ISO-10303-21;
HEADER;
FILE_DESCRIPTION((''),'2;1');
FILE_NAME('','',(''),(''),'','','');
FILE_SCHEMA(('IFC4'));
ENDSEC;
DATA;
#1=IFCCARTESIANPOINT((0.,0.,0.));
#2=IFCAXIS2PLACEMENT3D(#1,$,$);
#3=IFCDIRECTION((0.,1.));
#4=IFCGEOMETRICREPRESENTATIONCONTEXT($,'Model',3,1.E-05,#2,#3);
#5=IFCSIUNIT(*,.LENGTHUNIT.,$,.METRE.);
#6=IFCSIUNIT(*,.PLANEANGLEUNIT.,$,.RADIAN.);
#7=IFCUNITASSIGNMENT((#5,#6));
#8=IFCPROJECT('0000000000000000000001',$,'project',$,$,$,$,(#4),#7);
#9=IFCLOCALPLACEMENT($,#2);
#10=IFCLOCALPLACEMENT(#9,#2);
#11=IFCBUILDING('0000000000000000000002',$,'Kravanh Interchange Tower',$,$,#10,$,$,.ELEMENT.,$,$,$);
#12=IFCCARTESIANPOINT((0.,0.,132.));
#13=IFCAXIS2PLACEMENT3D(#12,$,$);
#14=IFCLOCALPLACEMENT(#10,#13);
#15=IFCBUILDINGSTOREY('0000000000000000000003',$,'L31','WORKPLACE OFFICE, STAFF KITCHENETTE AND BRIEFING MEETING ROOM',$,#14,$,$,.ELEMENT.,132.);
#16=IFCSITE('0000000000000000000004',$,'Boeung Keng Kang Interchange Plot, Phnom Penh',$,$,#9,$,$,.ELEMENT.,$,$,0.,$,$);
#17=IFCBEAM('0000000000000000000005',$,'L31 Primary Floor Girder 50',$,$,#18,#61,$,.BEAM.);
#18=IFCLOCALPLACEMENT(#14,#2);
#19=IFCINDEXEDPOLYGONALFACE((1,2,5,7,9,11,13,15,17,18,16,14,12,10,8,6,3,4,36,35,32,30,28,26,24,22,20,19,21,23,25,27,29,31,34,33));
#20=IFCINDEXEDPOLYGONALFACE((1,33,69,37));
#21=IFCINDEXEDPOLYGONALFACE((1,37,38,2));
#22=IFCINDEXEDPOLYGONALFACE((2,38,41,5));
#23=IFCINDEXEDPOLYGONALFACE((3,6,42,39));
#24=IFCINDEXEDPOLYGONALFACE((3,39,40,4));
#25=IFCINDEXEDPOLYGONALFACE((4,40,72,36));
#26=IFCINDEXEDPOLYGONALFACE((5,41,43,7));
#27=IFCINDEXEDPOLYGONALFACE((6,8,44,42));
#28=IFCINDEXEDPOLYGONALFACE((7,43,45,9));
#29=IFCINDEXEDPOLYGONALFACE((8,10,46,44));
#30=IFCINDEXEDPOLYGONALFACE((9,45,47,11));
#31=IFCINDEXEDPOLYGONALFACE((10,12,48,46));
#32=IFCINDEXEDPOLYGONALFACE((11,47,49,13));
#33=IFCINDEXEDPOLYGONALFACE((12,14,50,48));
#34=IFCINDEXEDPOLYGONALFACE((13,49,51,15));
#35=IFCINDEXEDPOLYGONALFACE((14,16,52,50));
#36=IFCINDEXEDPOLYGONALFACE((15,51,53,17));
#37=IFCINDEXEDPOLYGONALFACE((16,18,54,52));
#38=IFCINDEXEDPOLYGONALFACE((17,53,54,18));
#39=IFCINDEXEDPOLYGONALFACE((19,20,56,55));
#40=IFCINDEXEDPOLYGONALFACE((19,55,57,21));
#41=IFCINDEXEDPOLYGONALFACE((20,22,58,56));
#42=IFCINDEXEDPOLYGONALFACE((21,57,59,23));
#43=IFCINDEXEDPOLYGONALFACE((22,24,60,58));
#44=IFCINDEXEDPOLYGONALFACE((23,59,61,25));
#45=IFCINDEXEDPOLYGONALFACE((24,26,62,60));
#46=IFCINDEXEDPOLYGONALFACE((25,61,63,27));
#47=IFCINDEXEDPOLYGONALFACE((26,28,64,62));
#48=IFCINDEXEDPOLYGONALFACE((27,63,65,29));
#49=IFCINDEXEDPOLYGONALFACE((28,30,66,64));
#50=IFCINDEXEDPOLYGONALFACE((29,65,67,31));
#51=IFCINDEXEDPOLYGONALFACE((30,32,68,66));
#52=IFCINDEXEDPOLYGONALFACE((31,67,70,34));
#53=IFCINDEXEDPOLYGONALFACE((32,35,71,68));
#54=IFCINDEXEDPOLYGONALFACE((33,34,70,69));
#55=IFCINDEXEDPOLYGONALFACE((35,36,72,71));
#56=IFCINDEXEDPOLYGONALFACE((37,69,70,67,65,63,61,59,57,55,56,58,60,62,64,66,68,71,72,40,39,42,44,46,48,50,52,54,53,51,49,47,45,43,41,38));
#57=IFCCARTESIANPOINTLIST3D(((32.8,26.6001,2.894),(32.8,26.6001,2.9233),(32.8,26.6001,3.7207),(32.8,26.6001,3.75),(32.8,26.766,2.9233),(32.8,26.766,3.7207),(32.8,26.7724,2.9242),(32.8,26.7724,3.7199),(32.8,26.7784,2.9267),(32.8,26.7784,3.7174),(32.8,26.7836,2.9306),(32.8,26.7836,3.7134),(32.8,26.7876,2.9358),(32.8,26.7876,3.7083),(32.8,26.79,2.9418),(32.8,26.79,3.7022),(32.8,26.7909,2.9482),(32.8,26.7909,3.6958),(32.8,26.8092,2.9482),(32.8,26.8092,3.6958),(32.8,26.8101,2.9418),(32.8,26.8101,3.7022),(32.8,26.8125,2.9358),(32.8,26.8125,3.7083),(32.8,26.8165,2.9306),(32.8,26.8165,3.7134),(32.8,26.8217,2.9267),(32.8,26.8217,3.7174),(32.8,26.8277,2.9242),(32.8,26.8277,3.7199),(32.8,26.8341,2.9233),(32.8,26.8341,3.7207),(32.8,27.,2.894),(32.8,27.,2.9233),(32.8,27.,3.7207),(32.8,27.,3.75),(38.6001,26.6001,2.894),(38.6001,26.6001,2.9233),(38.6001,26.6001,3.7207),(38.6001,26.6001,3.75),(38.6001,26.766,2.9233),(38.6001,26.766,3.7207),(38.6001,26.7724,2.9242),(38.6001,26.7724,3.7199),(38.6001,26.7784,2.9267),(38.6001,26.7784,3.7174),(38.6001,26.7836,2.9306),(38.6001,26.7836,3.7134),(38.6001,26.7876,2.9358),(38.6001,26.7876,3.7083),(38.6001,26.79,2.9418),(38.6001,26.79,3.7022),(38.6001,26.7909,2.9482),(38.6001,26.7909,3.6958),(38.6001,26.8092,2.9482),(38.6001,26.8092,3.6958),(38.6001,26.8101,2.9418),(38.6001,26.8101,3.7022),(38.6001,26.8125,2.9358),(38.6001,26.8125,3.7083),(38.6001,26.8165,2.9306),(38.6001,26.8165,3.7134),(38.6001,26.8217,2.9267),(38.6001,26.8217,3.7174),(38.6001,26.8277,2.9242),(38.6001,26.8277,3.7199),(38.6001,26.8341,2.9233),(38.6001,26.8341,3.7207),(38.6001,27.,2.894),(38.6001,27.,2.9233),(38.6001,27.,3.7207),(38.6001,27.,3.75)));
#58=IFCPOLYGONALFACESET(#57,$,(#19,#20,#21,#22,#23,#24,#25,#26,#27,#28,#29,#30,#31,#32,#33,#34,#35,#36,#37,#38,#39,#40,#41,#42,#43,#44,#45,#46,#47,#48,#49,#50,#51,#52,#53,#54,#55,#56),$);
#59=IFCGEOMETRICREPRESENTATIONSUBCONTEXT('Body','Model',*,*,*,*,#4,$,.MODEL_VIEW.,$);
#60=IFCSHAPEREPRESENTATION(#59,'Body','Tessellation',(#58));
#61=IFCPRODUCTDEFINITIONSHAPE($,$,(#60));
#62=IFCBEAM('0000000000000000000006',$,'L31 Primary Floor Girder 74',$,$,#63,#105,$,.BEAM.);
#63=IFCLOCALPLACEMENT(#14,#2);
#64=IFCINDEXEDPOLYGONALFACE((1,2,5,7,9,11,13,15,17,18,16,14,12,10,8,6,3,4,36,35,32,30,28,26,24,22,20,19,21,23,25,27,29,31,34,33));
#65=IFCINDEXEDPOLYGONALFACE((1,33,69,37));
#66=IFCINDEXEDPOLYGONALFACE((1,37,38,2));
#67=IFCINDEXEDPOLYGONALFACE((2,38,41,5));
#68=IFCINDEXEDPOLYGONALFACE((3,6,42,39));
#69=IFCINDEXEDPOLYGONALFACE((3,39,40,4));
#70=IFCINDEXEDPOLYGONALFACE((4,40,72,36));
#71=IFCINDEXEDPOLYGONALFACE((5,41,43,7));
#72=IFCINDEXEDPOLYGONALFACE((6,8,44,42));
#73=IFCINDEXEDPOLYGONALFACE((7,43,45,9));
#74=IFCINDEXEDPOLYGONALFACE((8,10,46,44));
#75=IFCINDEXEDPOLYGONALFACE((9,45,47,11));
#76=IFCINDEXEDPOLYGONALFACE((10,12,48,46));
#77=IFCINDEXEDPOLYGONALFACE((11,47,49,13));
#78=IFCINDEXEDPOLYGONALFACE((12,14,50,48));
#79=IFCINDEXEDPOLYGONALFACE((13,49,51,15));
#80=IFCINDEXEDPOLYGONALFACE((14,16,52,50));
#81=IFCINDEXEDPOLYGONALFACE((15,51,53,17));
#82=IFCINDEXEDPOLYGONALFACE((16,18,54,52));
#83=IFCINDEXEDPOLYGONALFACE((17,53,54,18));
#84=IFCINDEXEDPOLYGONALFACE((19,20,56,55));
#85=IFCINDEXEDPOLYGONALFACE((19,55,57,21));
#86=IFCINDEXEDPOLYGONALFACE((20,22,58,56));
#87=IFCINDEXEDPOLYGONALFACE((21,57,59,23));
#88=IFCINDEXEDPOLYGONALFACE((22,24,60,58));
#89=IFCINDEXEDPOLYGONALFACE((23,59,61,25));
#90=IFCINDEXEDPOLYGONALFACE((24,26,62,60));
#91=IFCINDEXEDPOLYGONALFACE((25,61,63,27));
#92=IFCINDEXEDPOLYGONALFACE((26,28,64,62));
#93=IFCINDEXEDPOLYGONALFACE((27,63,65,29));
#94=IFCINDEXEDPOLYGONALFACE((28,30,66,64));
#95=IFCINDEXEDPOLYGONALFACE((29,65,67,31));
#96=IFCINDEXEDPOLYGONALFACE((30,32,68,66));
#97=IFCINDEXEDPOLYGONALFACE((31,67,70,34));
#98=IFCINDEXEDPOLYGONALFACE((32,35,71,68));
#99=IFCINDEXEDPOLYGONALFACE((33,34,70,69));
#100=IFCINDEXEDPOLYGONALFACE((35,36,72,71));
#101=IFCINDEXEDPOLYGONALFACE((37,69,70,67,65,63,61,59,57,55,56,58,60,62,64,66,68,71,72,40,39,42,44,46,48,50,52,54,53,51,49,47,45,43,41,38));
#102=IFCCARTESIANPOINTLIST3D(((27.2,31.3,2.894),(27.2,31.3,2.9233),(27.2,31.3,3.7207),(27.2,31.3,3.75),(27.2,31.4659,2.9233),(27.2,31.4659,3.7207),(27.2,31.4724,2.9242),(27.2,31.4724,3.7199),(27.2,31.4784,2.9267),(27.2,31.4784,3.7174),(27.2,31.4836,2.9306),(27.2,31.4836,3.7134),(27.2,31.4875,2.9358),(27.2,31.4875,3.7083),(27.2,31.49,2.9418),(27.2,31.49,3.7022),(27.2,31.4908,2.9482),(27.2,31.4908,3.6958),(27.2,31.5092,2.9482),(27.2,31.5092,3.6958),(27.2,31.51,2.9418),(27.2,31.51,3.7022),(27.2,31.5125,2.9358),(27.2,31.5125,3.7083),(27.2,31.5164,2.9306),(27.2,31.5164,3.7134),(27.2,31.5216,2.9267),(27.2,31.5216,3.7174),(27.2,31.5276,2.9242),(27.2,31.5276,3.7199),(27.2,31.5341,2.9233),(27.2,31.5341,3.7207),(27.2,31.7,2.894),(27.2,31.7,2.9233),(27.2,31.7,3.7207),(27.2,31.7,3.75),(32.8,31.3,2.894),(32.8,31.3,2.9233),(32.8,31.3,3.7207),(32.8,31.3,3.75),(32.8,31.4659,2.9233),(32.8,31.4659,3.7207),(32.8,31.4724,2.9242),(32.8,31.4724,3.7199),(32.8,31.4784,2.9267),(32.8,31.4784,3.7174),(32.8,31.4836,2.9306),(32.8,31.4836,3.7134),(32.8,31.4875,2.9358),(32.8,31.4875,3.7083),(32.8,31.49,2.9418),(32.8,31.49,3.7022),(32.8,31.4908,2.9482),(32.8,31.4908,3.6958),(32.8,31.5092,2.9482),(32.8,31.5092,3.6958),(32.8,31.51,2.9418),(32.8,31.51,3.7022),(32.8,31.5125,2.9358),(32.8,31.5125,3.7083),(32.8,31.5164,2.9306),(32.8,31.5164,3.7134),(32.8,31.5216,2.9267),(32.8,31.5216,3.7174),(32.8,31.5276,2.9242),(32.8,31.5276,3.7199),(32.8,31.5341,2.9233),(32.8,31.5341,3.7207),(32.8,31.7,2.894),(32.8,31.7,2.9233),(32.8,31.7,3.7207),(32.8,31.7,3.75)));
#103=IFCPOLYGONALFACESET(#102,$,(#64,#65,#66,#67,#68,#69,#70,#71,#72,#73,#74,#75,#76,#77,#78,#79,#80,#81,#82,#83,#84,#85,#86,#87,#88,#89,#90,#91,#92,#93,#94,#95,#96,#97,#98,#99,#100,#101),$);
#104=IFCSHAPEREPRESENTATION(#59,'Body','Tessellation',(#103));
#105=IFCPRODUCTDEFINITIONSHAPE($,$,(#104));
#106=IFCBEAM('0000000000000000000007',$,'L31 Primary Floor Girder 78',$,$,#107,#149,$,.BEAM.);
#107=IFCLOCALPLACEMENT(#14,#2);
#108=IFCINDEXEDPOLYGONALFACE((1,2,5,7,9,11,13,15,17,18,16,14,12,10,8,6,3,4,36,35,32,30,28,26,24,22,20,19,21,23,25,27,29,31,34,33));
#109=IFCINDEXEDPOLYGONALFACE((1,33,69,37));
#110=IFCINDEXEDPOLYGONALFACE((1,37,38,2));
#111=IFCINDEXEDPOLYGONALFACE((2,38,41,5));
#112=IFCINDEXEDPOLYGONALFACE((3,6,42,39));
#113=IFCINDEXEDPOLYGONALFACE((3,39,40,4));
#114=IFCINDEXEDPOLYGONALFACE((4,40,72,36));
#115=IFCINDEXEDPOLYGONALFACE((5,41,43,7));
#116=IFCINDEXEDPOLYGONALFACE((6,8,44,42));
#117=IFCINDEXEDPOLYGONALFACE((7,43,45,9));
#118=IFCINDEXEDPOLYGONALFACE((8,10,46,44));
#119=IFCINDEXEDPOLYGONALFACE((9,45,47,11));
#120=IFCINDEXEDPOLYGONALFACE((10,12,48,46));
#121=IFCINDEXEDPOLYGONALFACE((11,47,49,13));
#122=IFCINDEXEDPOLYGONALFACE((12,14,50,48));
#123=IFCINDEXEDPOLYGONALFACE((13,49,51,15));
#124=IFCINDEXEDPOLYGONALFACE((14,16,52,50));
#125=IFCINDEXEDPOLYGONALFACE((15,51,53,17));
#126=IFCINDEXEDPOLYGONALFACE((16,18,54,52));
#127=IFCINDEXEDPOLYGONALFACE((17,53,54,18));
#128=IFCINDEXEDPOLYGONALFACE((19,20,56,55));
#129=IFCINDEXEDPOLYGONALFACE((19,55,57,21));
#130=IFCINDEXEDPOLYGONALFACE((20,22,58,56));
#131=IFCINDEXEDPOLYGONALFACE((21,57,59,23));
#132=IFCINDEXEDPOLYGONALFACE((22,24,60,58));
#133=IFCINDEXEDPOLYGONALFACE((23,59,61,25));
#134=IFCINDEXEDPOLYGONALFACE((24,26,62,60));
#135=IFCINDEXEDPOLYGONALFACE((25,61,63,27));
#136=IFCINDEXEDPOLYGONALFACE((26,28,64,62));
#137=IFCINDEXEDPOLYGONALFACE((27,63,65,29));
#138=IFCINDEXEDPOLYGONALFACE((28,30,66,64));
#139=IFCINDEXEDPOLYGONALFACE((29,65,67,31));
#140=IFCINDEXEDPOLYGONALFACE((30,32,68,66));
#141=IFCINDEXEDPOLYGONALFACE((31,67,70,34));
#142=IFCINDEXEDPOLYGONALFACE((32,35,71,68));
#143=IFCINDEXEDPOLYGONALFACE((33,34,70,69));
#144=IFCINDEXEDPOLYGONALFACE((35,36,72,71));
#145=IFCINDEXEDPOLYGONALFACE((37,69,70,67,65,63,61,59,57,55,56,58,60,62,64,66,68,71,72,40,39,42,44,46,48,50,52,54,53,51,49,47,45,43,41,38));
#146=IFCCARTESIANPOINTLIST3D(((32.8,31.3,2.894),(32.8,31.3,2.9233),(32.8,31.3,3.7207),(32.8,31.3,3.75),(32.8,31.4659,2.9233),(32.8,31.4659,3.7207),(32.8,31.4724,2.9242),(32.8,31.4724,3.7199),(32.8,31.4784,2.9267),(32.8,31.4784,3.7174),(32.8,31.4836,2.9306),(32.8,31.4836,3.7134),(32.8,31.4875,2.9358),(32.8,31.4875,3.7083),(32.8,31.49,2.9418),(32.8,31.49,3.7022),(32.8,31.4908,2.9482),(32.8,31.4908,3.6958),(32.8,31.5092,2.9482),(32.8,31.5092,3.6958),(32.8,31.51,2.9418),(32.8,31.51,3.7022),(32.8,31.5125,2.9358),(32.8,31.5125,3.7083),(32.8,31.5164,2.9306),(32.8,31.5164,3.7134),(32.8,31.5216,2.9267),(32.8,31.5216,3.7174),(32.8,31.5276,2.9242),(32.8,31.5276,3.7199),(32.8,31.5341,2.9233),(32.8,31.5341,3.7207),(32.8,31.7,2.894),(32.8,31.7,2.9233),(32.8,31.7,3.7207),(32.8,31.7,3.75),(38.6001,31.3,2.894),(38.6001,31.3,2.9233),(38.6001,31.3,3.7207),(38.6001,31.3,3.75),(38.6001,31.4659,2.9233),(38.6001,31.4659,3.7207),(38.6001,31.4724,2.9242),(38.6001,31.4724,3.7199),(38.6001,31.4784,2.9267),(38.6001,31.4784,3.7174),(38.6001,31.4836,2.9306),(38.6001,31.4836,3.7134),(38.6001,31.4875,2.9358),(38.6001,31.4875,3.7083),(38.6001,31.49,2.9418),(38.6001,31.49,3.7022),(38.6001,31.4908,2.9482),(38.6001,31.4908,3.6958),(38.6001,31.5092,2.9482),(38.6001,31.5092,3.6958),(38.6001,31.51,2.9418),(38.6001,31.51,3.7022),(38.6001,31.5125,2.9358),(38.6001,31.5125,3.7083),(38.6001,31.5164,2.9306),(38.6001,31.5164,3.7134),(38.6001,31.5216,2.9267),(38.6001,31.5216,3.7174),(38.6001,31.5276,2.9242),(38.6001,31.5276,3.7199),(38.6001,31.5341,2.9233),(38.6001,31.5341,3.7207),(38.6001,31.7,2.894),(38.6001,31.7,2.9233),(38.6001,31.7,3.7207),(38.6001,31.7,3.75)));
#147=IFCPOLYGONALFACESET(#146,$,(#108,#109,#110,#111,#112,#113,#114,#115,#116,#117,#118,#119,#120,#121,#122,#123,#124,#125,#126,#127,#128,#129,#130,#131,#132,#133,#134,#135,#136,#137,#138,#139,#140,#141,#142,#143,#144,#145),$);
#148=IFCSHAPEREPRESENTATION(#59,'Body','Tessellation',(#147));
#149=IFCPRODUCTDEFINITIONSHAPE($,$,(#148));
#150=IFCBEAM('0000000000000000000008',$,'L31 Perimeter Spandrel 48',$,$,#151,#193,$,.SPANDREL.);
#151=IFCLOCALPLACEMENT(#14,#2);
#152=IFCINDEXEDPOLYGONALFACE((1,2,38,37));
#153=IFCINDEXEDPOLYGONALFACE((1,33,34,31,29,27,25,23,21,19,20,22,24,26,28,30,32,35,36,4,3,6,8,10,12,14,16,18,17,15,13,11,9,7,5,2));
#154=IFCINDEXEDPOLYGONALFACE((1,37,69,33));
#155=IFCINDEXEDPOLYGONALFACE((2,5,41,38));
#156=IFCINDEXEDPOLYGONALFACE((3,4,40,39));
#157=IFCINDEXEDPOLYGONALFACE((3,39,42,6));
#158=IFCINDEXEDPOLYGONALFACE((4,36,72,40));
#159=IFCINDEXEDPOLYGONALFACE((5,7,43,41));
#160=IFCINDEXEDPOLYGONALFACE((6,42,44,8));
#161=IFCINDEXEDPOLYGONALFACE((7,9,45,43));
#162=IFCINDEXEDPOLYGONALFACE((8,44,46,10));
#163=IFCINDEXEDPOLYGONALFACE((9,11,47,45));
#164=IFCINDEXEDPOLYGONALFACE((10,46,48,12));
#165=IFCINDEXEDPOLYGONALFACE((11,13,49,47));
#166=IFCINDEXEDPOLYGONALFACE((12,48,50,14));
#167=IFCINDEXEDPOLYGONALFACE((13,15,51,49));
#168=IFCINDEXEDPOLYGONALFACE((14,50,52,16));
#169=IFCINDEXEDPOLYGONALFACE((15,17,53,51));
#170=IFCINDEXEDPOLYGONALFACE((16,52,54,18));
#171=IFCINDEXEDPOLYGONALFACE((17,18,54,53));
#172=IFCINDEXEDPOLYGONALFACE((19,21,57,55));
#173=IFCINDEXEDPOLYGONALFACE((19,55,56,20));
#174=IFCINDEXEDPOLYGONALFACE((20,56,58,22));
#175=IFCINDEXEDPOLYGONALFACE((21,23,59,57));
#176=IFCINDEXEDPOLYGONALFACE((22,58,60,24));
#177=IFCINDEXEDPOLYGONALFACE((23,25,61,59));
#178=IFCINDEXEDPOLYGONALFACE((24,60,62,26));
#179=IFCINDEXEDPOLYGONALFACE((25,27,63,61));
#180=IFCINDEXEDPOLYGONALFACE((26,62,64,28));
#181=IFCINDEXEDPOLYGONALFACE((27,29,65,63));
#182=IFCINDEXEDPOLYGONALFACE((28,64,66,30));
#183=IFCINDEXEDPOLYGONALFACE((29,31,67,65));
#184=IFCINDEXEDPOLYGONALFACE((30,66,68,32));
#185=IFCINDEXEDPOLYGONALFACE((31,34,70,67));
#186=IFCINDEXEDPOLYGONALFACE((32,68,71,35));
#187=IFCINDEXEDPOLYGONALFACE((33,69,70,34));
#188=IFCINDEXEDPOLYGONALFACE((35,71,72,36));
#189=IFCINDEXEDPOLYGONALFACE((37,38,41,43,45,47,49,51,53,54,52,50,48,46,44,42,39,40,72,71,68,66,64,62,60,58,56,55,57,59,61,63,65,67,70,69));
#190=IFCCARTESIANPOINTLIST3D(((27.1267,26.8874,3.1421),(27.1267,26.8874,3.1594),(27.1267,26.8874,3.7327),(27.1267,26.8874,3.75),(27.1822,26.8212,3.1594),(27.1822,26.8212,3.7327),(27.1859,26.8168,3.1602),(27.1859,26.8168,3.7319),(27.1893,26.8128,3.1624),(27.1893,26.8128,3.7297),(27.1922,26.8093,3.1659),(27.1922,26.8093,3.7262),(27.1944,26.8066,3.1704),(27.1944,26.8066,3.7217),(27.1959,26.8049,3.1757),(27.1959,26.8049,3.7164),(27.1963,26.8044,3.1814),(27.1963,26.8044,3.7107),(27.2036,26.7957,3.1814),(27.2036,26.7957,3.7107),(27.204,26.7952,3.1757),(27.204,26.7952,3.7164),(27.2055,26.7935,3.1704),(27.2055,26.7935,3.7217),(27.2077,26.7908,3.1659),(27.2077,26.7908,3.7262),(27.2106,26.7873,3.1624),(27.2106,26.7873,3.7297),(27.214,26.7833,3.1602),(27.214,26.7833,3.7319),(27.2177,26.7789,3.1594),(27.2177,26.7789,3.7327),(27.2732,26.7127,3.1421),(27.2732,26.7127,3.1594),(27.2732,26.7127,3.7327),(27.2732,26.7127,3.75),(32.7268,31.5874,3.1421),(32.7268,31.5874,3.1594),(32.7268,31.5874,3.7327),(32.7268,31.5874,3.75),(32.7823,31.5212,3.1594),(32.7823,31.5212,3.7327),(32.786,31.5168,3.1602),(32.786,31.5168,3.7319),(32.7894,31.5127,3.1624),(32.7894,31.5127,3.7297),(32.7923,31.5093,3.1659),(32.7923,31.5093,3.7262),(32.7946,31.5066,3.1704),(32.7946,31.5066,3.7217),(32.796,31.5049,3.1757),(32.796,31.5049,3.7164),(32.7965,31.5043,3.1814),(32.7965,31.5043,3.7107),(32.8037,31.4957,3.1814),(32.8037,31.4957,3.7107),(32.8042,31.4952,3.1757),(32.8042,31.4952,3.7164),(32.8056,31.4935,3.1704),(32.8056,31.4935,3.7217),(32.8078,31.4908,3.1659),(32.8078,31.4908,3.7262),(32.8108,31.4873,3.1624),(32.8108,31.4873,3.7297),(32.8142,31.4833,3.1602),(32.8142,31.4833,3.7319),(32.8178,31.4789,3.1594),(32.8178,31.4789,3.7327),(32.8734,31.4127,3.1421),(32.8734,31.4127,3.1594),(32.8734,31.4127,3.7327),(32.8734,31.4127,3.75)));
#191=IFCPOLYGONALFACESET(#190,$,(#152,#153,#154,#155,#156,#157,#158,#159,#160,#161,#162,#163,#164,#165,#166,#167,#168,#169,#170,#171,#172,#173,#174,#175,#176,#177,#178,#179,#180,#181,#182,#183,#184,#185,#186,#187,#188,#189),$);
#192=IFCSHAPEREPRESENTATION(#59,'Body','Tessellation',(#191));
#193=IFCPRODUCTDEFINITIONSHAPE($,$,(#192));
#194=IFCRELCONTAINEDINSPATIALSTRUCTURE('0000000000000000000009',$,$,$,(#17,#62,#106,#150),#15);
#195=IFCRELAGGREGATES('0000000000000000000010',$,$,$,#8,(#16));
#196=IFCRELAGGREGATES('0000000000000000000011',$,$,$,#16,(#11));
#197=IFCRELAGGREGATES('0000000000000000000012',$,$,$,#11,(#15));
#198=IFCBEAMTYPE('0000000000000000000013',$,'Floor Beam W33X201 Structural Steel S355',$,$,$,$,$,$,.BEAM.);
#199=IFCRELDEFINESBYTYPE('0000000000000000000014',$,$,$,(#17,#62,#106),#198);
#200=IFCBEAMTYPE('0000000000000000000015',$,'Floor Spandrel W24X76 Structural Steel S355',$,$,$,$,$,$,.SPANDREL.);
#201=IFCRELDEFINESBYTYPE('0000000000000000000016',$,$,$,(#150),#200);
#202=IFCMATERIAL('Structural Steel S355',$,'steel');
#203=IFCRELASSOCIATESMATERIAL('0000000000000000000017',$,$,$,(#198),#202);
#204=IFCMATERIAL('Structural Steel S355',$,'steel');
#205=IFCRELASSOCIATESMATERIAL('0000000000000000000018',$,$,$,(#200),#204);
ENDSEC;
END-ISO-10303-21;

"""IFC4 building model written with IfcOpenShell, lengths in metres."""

from ifc_helpers import new_model, si_unit, direction, frame, origin, origin_2d, place, context, subcontext, project, spatial, i_section, extrude, material, material_profile, profile_set, type_object, element, save


model = new_model("IFC4")

# Units and contexts
model_context = context("Model", 3, precision=1e-05, world=origin(), true_north=direction((0.0, 1.0)))
body_context = subcontext(model_context, "Body", "Model", "MODEL_VIEW")
ifc_project = project(units=[si_unit("LENGTHUNIT", "METRE"), si_unit("PLANEANGLEUNIT", "RADIAN")], contexts=[model_context])

# Site, building, storey
site_placement = place(None, origin())
site = spatial("IfcSite", under=ifc_project, at=site_placement, Name="Boeung Keng Kang Interchange Plot, Phnom Penh", CompositionType="ELEMENT", RefElevation=0.0)
building_placement = place(site_placement, origin())
building = spatial("IfcBuilding", under=site, at=building_placement, Name="Kravanh Interchange Tower", CompositionType="ELEMENT")
storey_placement = place(building_placement, frame((0.0, 0.0, 132.0)))
storey = spatial("IfcBuildingStorey", under=building, at=storey_placement, Name="L31", Description="WORKPLACE OFFICE, STAFF KITCHENETTE AND BRIEFING MEETING ROOM", CompositionType="ELEMENT", Elevation=132.0)

# Beams
ifc_material_1 = material(Name="Structural Steel S355", Category="steel")
ifc_material_profile_1 = material_profile(ifc_material_1, i_section(OverallWidth=0.3999, OverallDepth=0.856, WebThickness=0.0183, FlangeThickness=0.0293, FilletRadius=0.0249, at=origin_2d()), Name="W33X201")
ifc_profile_set_1 = profile_set([ifc_material_profile_1], Name="Structural Steel S355")
beam_type_1 = type_object("IfcBeamType", Name="Floor Beam W33X201 Structural Steel S355", PredefinedType="BEAM", material=ifc_profile_set_1)
beam_1_placement = place(storey_placement, frame((32.8, 26.8, 3.322), z_axis=(1.0, 0.0, 0.0), x_axis=(0.0, 1.0, 0.0)))
element("IfcBeam", 1, at=beam_1_placement, inside=storey, type_object=beam_type_1, Name="L31 Primary Floor Girder 50", PredefinedType="BEAM", context=body_context, shape_type="SweptSolid", body=[
    extrude(i_section(OverallWidth=0.3999, OverallDepth=0.856, WebThickness=0.0183, FlangeThickness=0.0293, FilletRadius=0.0249, at=origin_2d()), origin(), (0.0, 0.0, 1.0), 5.8),
])
beam_2_placement = place(storey_placement, frame((27.2, 31.5, 3.322), z_axis=(1.0, 0.0, 0.0), x_axis=(0.0, 1.0, 0.0)))
element("IfcBeam", 2, at=beam_2_placement, inside=storey, type_object=beam_type_1, Name="L31 Primary Floor Girder 74", PredefinedType="BEAM", context=body_context, shape_type="SweptSolid", body=[
    extrude(i_section(OverallWidth=0.3999, OverallDepth=0.856, WebThickness=0.0183, FlangeThickness=0.0293, FilletRadius=0.0249, at=origin_2d()), origin(), (0.0, 0.0, 1.0), 5.6001),
])
beam_3_placement = place(storey_placement, frame((32.8, 31.5, 3.322), z_axis=(1.0, 0.0, 0.0), x_axis=(0.0, 1.0, 0.0)))
element("IfcBeam", 3, at=beam_3_placement, inside=storey, type_object=beam_type_1, Name="L31 Primary Floor Girder 78", PredefinedType="BEAM", context=body_context, shape_type="SweptSolid", body=[
    extrude(i_section(OverallWidth=0.3999, OverallDepth=0.856, WebThickness=0.0183, FlangeThickness=0.0293, FilletRadius=0.0249, at=origin_2d()), origin(), (0.0, 0.0, 1.0), 5.8),
])
ifc_material_2 = material(Name="Structural Steel S355", Category="steel")
ifc_material_profile_2 = material_profile(ifc_material_2, i_section(OverallWidth=0.228, OverallDepth=0.6079, WebThickness=0.0112, FlangeThickness=0.0173, FilletRadius=0.022, at=origin_2d()), Name="W24X76")
ifc_profile_set_2 = profile_set([ifc_material_profile_2], Name="Structural Steel S355")
beam_type_2 = type_object("IfcBeamType", Name="Floor Spandrel W24X76 Structural Steel S355", PredefinedType="SPANDREL", material=ifc_profile_set_2)
beam_4_placement = place(storey_placement, frame((27.2, 26.8, 3.446), z_axis=(0.765983, 0.642861, 0.0), x_axis=(-0.642861, 0.765983, 0.0)))
element("IfcBeam", 4, at=beam_4_placement, inside=storey, type_object=beam_type_2, Name="L31 Perimeter Spandrel 48", PredefinedType="SPANDREL", context=body_context, shape_type="SweptSolid", body=[
    extrude(i_section(OverallWidth=0.228, OverallDepth=0.6079, WebThickness=0.0112, FlangeThickness=0.0173, FilletRadius=0.022, at=origin_2d()), origin(), (0.0, 0.0, 1.0), 7.311),
])

save(model, "model.ifc")
